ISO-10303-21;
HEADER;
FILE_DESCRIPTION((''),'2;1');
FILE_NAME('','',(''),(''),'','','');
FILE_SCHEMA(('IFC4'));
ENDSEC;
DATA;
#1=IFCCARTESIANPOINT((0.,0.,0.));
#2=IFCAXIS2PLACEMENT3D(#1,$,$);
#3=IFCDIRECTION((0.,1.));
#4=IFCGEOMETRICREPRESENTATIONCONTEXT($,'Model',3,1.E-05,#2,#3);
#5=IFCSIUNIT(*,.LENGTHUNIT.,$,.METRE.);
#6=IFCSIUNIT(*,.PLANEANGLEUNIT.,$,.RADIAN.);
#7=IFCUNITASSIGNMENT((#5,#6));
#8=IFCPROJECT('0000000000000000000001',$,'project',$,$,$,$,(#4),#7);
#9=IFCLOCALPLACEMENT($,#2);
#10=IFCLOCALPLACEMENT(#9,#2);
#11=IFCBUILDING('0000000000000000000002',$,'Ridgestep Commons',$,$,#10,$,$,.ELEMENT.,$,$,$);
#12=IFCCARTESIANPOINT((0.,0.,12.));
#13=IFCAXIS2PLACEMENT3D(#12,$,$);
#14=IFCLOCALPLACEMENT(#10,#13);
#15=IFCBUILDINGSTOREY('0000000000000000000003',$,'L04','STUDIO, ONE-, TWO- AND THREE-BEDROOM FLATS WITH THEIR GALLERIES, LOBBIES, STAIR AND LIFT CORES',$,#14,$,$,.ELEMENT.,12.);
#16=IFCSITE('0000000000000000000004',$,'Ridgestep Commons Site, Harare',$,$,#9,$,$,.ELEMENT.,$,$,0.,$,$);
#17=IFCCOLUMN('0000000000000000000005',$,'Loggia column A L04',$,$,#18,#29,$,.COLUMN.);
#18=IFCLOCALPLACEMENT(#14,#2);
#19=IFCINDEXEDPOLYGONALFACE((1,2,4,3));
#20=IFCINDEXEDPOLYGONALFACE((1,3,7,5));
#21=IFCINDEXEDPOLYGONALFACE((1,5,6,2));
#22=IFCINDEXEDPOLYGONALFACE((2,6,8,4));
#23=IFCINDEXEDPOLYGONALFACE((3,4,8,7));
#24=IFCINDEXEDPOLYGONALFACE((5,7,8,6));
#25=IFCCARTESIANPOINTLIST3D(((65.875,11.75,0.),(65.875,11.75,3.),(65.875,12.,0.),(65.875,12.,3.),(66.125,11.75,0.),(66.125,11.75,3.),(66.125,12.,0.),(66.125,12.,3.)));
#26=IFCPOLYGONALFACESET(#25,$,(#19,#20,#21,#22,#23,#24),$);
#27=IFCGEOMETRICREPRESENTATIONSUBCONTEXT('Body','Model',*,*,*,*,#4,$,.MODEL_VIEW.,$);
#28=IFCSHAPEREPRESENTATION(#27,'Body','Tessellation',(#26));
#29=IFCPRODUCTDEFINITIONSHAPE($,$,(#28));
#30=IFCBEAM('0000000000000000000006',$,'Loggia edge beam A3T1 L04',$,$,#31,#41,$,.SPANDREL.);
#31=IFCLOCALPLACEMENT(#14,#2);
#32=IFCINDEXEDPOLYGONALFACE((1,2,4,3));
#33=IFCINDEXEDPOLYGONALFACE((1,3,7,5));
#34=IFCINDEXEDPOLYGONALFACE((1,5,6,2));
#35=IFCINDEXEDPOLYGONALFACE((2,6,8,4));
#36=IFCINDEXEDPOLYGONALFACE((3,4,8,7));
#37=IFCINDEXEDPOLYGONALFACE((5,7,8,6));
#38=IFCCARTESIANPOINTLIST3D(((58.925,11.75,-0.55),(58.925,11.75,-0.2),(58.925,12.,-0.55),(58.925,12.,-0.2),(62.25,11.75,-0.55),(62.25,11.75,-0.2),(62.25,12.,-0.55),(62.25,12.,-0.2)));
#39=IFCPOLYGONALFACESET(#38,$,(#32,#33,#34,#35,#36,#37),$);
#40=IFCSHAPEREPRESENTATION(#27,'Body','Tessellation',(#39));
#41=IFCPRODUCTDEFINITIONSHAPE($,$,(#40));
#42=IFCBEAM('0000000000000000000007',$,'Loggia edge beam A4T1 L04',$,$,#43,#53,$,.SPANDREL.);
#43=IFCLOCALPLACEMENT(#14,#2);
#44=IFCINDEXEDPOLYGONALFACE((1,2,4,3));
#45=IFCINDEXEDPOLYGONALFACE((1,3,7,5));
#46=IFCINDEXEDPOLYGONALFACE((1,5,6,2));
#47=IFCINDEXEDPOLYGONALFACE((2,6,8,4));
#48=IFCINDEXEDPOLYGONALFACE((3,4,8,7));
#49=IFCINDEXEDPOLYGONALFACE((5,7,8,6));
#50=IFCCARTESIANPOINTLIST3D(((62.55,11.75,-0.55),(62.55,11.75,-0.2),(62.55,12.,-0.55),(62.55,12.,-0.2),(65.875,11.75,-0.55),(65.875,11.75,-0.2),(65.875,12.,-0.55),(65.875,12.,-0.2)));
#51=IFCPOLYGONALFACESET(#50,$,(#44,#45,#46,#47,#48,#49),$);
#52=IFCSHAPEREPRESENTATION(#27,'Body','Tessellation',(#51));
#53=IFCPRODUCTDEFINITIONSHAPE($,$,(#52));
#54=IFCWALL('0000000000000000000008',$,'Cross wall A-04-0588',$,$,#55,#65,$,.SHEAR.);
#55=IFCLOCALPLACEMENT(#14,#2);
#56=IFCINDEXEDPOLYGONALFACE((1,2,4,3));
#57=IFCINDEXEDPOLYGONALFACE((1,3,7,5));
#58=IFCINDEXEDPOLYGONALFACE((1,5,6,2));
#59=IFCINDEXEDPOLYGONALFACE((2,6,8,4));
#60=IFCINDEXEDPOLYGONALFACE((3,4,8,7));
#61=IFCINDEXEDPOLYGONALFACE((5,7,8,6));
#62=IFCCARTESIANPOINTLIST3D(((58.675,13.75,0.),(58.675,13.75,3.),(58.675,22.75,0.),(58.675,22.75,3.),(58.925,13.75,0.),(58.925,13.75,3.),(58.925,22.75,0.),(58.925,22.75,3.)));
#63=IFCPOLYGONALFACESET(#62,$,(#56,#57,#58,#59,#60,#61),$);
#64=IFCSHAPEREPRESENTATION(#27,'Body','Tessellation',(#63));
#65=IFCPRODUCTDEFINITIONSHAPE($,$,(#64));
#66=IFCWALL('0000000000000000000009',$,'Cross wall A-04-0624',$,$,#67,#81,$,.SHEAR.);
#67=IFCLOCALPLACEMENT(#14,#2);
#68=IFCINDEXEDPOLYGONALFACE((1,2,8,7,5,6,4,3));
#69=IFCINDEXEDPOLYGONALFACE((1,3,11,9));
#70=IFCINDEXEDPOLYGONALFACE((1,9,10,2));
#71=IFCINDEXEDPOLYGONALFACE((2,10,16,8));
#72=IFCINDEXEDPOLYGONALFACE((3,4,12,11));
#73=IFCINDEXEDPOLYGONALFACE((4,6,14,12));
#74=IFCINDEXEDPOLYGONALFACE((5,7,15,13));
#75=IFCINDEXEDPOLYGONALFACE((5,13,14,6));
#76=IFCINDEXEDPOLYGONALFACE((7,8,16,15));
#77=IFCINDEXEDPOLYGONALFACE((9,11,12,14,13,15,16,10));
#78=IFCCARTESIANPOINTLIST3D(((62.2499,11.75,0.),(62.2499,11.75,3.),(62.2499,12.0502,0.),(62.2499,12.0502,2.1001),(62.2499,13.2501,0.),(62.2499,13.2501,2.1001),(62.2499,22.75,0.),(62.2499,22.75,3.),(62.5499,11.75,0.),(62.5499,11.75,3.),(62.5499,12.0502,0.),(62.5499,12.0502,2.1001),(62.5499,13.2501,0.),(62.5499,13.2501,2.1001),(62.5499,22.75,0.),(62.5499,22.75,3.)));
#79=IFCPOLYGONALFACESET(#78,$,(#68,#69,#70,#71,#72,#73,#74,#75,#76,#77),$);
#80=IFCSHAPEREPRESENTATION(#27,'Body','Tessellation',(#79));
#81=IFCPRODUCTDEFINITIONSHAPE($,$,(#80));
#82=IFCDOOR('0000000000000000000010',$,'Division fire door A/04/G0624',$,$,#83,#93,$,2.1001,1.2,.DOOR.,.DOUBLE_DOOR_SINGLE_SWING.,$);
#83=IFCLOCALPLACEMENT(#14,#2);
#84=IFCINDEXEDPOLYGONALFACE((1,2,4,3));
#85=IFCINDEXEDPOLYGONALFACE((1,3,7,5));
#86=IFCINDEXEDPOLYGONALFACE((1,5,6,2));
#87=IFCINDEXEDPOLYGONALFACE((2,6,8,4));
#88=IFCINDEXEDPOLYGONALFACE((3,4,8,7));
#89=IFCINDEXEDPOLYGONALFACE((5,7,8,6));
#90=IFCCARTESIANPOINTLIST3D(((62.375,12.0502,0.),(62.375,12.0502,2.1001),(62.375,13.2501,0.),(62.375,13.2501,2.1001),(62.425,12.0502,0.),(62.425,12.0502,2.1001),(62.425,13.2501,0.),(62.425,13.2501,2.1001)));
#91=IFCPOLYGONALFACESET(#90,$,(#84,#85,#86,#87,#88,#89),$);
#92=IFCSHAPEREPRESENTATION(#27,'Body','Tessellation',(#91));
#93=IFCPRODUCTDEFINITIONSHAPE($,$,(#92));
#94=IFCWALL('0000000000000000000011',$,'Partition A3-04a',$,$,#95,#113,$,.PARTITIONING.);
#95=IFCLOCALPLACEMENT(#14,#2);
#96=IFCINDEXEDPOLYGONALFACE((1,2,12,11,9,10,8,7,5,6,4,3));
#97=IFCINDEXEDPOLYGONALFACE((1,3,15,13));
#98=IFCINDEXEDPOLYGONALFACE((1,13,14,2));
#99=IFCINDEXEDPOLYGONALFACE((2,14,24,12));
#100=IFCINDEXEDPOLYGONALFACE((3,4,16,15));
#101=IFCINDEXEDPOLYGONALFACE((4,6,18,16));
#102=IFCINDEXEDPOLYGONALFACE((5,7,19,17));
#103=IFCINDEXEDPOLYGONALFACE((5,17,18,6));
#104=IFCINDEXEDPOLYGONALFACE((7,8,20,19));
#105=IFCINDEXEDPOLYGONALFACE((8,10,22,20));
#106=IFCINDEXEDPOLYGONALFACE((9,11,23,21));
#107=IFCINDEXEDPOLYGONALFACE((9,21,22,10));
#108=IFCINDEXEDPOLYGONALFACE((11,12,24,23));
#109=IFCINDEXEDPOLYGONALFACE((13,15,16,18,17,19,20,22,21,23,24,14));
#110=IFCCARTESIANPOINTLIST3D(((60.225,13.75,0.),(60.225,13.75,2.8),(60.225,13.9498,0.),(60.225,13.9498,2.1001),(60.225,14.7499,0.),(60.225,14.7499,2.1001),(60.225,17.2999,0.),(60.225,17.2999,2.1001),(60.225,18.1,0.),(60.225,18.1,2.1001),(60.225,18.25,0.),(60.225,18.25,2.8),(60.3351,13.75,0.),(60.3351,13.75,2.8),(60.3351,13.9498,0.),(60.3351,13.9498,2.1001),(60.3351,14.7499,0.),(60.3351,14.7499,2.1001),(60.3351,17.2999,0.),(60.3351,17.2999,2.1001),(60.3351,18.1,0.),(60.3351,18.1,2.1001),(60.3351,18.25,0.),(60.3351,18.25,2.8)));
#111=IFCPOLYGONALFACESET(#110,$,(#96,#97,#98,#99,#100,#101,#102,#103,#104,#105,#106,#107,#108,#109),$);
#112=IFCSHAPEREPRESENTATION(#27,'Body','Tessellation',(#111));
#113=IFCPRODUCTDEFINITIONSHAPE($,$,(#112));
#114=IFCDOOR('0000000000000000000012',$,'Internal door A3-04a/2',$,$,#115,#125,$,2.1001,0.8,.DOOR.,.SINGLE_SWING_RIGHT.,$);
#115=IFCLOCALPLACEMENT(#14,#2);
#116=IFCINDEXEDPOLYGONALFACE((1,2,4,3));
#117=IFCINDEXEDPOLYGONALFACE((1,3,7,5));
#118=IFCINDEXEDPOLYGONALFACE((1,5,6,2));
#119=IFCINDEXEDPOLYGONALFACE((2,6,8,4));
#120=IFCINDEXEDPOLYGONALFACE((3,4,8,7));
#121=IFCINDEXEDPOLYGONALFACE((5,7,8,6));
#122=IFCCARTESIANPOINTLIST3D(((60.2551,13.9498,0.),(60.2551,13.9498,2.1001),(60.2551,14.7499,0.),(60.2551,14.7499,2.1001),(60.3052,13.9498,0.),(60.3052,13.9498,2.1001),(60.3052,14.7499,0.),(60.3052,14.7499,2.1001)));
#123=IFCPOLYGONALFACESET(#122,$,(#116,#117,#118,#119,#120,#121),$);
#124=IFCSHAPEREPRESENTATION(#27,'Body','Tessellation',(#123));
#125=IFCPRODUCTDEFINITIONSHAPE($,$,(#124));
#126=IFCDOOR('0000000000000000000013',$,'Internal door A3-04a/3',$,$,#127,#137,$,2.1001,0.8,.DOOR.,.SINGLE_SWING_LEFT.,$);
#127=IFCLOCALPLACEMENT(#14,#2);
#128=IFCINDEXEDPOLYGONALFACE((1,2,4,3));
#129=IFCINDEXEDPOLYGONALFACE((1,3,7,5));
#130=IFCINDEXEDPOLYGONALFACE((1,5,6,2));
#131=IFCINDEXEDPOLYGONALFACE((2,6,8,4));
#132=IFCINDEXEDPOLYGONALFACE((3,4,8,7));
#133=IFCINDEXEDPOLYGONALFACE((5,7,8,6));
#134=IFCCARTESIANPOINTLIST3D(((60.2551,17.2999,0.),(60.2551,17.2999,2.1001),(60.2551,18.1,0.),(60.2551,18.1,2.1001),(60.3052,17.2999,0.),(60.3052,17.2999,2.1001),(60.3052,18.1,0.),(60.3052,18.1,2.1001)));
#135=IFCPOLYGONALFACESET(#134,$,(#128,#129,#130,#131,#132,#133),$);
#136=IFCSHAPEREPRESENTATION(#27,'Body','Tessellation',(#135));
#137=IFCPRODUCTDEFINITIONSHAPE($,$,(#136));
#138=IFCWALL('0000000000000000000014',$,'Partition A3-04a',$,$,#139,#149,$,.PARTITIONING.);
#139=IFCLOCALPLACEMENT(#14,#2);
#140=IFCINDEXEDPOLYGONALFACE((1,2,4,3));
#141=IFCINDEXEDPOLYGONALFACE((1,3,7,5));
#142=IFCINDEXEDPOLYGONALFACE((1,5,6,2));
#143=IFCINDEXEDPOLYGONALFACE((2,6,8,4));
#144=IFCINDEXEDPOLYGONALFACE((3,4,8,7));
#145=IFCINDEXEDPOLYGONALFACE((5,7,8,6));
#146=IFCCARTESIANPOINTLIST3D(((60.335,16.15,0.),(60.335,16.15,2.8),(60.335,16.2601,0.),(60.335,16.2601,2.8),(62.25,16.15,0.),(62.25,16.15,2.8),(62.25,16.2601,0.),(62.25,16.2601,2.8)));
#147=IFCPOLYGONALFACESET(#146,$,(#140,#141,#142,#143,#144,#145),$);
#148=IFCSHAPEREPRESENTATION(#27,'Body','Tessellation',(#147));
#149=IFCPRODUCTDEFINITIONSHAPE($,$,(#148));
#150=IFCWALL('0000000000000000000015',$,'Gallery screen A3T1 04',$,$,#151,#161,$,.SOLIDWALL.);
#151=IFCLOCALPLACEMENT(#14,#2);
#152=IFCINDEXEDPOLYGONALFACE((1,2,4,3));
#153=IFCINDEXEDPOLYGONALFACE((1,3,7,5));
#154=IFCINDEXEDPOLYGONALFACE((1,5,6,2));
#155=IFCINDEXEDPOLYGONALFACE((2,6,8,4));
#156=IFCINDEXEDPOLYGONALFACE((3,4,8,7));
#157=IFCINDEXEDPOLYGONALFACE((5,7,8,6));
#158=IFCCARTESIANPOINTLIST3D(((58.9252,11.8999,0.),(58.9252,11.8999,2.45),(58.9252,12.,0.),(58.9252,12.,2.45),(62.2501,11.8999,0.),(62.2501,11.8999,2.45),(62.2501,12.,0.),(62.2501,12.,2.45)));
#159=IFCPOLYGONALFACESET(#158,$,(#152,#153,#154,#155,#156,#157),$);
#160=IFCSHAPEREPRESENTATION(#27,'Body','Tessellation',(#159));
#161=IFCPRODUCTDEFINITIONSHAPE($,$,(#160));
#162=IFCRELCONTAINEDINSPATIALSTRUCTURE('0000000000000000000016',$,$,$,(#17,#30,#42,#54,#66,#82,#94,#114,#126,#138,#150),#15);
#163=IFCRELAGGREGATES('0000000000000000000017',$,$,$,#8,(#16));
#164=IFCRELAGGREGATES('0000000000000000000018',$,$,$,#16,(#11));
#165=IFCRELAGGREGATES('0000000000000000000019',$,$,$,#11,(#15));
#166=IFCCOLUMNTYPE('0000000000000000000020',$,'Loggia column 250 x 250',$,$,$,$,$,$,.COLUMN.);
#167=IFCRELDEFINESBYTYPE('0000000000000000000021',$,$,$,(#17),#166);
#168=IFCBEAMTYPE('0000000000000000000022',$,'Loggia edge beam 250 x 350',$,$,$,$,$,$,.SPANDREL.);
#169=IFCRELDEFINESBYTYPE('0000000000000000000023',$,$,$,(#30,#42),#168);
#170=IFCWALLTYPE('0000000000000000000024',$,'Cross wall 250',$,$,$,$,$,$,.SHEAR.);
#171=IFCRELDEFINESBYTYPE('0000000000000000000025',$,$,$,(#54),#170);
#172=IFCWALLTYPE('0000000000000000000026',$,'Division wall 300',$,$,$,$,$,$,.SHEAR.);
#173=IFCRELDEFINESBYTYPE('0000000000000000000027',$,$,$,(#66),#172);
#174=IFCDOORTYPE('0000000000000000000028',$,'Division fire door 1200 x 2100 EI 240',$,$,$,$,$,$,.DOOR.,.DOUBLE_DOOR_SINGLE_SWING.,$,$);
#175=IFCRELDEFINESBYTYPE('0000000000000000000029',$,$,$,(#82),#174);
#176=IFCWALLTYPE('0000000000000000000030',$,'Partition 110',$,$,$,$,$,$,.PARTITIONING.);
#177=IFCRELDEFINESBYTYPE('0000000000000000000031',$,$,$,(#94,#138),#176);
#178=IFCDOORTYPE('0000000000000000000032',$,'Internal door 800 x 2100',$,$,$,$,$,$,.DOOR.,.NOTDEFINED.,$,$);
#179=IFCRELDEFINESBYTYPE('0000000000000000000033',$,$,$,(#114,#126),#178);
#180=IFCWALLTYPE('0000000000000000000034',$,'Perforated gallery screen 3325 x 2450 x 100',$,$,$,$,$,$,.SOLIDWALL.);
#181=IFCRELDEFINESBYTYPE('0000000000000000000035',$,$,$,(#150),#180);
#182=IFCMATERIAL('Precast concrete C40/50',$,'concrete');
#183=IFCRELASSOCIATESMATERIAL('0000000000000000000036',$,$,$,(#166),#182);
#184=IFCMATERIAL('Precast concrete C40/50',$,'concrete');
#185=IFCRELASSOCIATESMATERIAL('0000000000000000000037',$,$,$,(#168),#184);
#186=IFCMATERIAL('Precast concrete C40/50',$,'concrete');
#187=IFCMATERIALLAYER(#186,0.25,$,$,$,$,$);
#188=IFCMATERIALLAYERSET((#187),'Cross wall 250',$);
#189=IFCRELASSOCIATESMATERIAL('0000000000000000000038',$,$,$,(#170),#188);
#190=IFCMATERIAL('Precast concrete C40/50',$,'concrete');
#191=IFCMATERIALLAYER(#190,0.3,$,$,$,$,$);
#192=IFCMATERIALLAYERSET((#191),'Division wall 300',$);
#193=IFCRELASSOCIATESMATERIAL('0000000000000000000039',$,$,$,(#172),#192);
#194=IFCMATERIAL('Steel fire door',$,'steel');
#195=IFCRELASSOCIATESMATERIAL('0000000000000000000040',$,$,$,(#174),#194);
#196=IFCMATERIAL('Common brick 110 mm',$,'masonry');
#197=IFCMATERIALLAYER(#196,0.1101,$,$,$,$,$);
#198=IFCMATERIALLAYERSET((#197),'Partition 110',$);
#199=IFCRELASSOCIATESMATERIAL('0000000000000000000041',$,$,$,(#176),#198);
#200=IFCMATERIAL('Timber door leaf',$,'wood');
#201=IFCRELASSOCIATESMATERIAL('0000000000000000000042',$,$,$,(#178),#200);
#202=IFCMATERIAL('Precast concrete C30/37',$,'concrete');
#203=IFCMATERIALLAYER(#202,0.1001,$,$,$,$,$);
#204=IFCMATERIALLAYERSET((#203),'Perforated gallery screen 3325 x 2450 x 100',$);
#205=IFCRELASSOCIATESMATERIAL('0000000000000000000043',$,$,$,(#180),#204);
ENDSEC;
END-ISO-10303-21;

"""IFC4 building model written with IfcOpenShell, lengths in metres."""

from ifc_helpers import new_model, si_unit, direction, frame, frame_2d, origin, origin_2d, place, context, subcontext, project, spatial, rectangle, extrude, material, layer, layer_set, material_profile, profile_set, type_object, element, fill, save


model = new_model("IFC4")

# Units and contexts
model_context = context("Model", 3, precision=1e-05, world=origin(), true_north=direction((0.0, 1.0)))
body_context = subcontext(model_context, "Body", "Model", "MODEL_VIEW")
ifc_project = project(units=[si_unit("LENGTHUNIT", "METRE"), si_unit("PLANEANGLEUNIT", "RADIAN")], contexts=[model_context])

# Site, building, storey
site_placement = place(None, origin())
site = spatial("IfcSite", under=ifc_project, at=site_placement, Name="Ridgestep Commons Site, Harare", CompositionType="ELEMENT", RefElevation=0.0)
building_placement = place(site_placement, origin())
building = spatial("IfcBuilding", under=site, at=building_placement, Name="Ridgestep Commons", CompositionType="ELEMENT")
storey_placement = place(building_placement, frame((0.0, 0.0, 12.0)))
storey = spatial("IfcBuildingStorey", under=building, at=storey_placement, Name="L04", Description="STUDIO, ONE-, TWO- AND THREE-BEDROOM FLATS WITH THEIR GALLERIES, LOBBIES, STAIR AND LIFT CORES", CompositionType="ELEMENT", Elevation=12.0)

# Column
ifc_material_1 = material(Name="Precast concrete C40/50", Category="concrete")
ifc_material_profile_1 = material_profile(ifc_material_1, rectangle(XDim=0.25, YDim=0.25, at=origin_2d()), Name="PC 250x250")
ifc_profile_set_1 = profile_set([ifc_material_profile_1], Name="Precast concrete C40/50")
column_type = type_object("IfcColumnType", Name="Loggia column 250 x 250", PredefinedType="COLUMN", material=ifc_profile_set_1)
column_placement = place(storey_placement, frame((66.0, 11.875, 0.0), z_axis=(0.0, 0.0, 1.0), x_axis=(1.0, 0.0, 0.0)))
element("IfcColumn", 1, at=column_placement, inside=storey, type_object=column_type, Name="Loggia column A L04", PredefinedType="COLUMN", context=body_context, shape_type="SweptSolid", body=[
    extrude(rectangle(XDim=0.25, YDim=0.25, at=origin_2d()), origin(), (0.0, 0.0, 1.0), 3.0),
])

# Beams
ifc_material_2 = material(Name="Precast concrete C40/50", Category="concrete")
ifc_material_profile_2 = material_profile(ifc_material_2, rectangle(XDim=0.25, YDim=0.3501, at=origin_2d()), Name="PC 250x350")
ifc_profile_set_2 = profile_set([ifc_material_profile_2], Name="Precast concrete C40/50")
beam_type = type_object("IfcBeamType", Name="Loggia edge beam 250 x 350", PredefinedType="SPANDREL", material=ifc_profile_set_2)
for number, where, z_axis, x_axis, name in (
    (2, (58.925, 11.875, -0.375), (1.0, 0.0, 0.0), (0.0, 1.0, 0.0), "Loggia edge beam A3T1 L04"),
    (3, (62.55, 11.875, -0.375), (1.0, 0.0, 0.0), (0.0, 1.0, 0.0), "Loggia edge beam A4T1 L04"),
):
    element("IfcBeam", number, at=place(storey_placement, frame(where, z_axis=z_axis, x_axis=x_axis)), inside=storey, type_object=beam_type, Name=name, PredefinedType="SPANDREL", context=body_context, shape_type="SweptSolid", body=[
        extrude(rectangle(XDim=0.25, YDim=0.3501, at=origin_2d()), origin(), (0.0, 0.0, 1.0), 3.325),
    ])

# Wall
ifc_material_3 = material(Name="Precast concrete C40/50", Category="concrete")
ifc_layer_1 = layer(ifc_material_3, 0.25)
ifc_layer_set_1 = layer_set([ifc_layer_1], Name="Cross wall 250")
wall_type_1 = type_object("IfcWallType", Name="Cross wall 250", PredefinedType="SHEAR", material=ifc_layer_set_1)
wall_1_placement = place(storey_placement, frame((58.8, 13.75, 0.0), z_axis=(0.0, 0.0, 1.0), x_axis=(0.0, 1.0, 0.0)))
element("IfcWall", 4, at=wall_1_placement, inside=storey, type_object=wall_type_1, Name="Cross wall A-04-0588", PredefinedType="SHEAR", context=body_context, shape_type="SweptSolid", body=[
    extrude(rectangle(XDim=9.0, YDim=0.25, at=frame_2d((4.5, 0.0))), origin(), (0.0, 0.0, 1.0), 3.0),
])

# Wall, opening, door
ifc_material_4 = material(Name="Precast concrete C40/50", Category="concrete")
ifc_layer_2 = layer(ifc_material_4, 0.3)
ifc_layer_set_2 = layer_set([ifc_layer_2], Name="Division wall 300")
wall_type_2 = type_object("IfcWallType", Name="Division wall 300", PredefinedType="SHEAR", material=ifc_layer_set_2)
wall_2_placement = place(storey_placement, frame((62.3999, 11.75, 0.0), z_axis=(0.0, 0.0, 1.0), x_axis=(0.0, 1.0, 0.0)))
wall_2 = element("IfcWall", 5, at=wall_2_placement, inside=storey, type_object=wall_type_2, Name="Cross wall A-04-0624", PredefinedType="SHEAR", context=body_context, shape_type="SweptSolid", body=[
    extrude(rectangle(XDim=11.0, YDim=0.3, at=frame_2d((5.5, 0.0))), origin(), (0.0, 0.0, 1.0), 3.0),
])
opening_1_placement = place(wall_2_placement, frame((0.3, 0.0, 0.0)))
opening_1 = element("IfcOpeningElement", 6, at=opening_1_placement, cuts=wall_2, PredefinedType="OPENING", context=body_context, shape_type="SweptSolid", body=[
    extrude(rectangle(XDim=1.2, YDim=2.1001, at=frame_2d((0.6001, 1.05))), frame((0.0, 0.1599, 0.0), z_axis=(0.0, -1.0, 0.0), x_axis=(1.0, 0.0, 0.0)), (0.0, 0.0, 1.0), 0.3201),
])
ifc_material_5 = material(Name="Steel fire door", Category="steel")
door_type_1 = type_object("IfcDoorType", Name="Division fire door 1200 x 2100 EI 240", OperationType="DOUBLE_DOOR_SINGLE_SWING", PredefinedType="DOOR", material=ifc_material_5)
door_1_placement = place(opening_1_placement, origin())
door_1 = element("IfcDoor", 7, at=door_1_placement, inside=storey, type_object=door_type_1, Name="Division fire door A/04/G0624", OperationType="DOUBLE_DOOR_SINGLE_SWING", OverallHeight=2.1001, OverallWidth=1.2, PredefinedType="DOOR", context=body_context, shape_type="SweptSolid", body=[
    extrude(rectangle(XDim=1.2, YDim=2.1001, at=frame_2d((0.6001, 1.05))), frame((0.0, 0.0249, 0.0), z_axis=(0.0, -1.0, 0.0), x_axis=(1.0, 0.0, 0.0)), (0.0, 0.0, 1.0), 0.05),
])
fill(opening_1, door_1)

# Wall, openings, doors
ifc_material_6 = material(Name="Common brick 110 mm", Category="masonry")
ifc_layer_3 = layer(ifc_material_6, 0.1101)
ifc_layer_set_3 = layer_set([ifc_layer_3], Name="Partition 110")
wall_type_3 = type_object("IfcWallType", Name="Partition 110", PredefinedType="PARTITIONING", material=ifc_layer_set_3)
wall_3_placement = place(storey_placement, frame((60.28, 13.75, 0.0), z_axis=(0.0, 0.0, 1.0), x_axis=(0.0, 1.0, 0.0)))
wall_3 = element("IfcWall", 8, at=wall_3_placement, inside=storey, type_object=wall_type_3, Name="Partition A3-04a", PredefinedType="PARTITIONING", context=body_context, shape_type="SweptSolid", body=[
    extrude(rectangle(XDim=4.5, YDim=0.1101, at=frame_2d((2.25, 0.0))), origin(), (0.0, 0.0, 1.0), 2.8),
])
opening_2_placement = place(wall_3_placement, frame((0.2, 0.0, 0.0)))
opening_2 = element("IfcOpeningElement", 9, at=opening_2_placement, cuts=wall_3, PredefinedType="OPENING", context=body_context, shape_type="SweptSolid", body=[
    extrude(rectangle(XDim=0.8, YDim=2.1001, at=frame_2d((0.3999, 1.05))), frame((0.0, 0.0649, 0.0), z_axis=(0.0, -1.0, 0.0), x_axis=(1.0, 0.0, 0.0)), (0.0, 0.0, 1.0), 0.1301),
])
opening_3_placement = place(wall_3_placement, frame((3.55, 0.0, 0.0)))
opening_3 = element("IfcOpeningElement", 10, at=opening_3_placement, cuts=wall_3, PredefinedType="OPENING", context=body_context, shape_type="SweptSolid", body=[
    extrude(rectangle(XDim=0.8, YDim=2.1001, at=frame_2d((0.3999, 1.05))), frame((0.0, 0.0649, 0.0), z_axis=(0.0, -1.0, 0.0), x_axis=(1.0, 0.0, 0.0)), (0.0, 0.0, 1.0), 0.1301),
])
ifc_material_7 = material(Name="Timber door leaf", Category="wood")
door_type_2 = type_object("IfcDoorType", Name="Internal door 800 x 2100", OperationType="NOTDEFINED", PredefinedType="DOOR", material=ifc_material_7)
door_2_placement = place(opening_2_placement, origin())
door_2 = element("IfcDoor", 11, at=door_2_placement, inside=storey, type_object=door_type_2, Name="Internal door A3-04a/2", OperationType="SINGLE_SWING_RIGHT", OverallHeight=2.1001, OverallWidth=0.8, PredefinedType="DOOR", context=body_context, shape_type="SweptSolid", body=[
    extrude(rectangle(XDim=0.8, YDim=2.1001, at=frame_2d((0.3999, 1.05))), frame((0.0, 0.0249, 0.0), z_axis=(0.0, -1.0, 0.0), x_axis=(1.0, 0.0, 0.0)), (0.0, 0.0, 1.0), 0.05),
])
fill(opening_2, door_2)
door_3_placement = place(opening_3_placement, origin())
door_3 = element("IfcDoor", 12, at=door_3_placement, inside=storey, type_object=door_type_2, Name="Internal door A3-04a/3", OperationType="SINGLE_SWING_LEFT", OverallHeight=2.1001, OverallWidth=0.8, PredefinedType="DOOR", context=body_context, shape_type="SweptSolid", body=[
    extrude(rectangle(XDim=0.8, YDim=2.1001, at=frame_2d((0.3999, 1.05))), frame((0.0, 0.0249, 0.0), z_axis=(0.0, -1.0, 0.0), x_axis=(1.0, 0.0, 0.0)), (0.0, 0.0, 1.0), 0.05),
])
fill(opening_3, door_3)

# Walls
wall_4_placement = place(storey_placement, frame((60.335, 16.2051, 0.0), z_axis=(0.0, 0.0, 1.0), x_axis=(1.0, 0.0, 0.0)))
element("IfcWall", 13, at=wall_4_placement, inside=storey, type_object=wall_type_3, Name="Partition A3-04a", PredefinedType="PARTITIONING", context=body_context, shape_type="SweptSolid", body=[
    extrude(rectangle(XDim=1.915, YDim=0.1101, at=frame_2d((0.9575, 0.0))), origin(), (0.0, 0.0, 1.0), 2.8),
])
ifc_material_8 = material(Name="Precast concrete C30/37", Category="concrete")
ifc_layer_4 = layer(ifc_material_8, 0.1001)
ifc_layer_set_4 = layer_set([ifc_layer_4], Name="Perforated gallery screen 3325 x 2450 x 100")
wall_type_4 = type_object("IfcWallType", Name="Perforated gallery screen 3325 x 2450 x 100", PredefinedType="SOLIDWALL", material=ifc_layer_set_4)
wall_5_placement = place(storey_placement, frame((58.925, 11.95, 0.0), z_axis=(0.0, 0.0, 1.0), x_axis=(1.0, 0.0, 0.0)))
element("IfcWall", 14, at=wall_5_placement, inside=storey, type_object=wall_type_4, Name="Gallery screen A3T1 04", PredefinedType="SOLIDWALL", context=body_context, shape_type="SweptSolid", body=[
    extrude(rectangle(XDim=3.325, YDim=0.1001, at=frame_2d((1.6626, 0.0))), origin(), (0.0, 0.0, 1.0), 2.45),
])

save(model, "model.ifc")
